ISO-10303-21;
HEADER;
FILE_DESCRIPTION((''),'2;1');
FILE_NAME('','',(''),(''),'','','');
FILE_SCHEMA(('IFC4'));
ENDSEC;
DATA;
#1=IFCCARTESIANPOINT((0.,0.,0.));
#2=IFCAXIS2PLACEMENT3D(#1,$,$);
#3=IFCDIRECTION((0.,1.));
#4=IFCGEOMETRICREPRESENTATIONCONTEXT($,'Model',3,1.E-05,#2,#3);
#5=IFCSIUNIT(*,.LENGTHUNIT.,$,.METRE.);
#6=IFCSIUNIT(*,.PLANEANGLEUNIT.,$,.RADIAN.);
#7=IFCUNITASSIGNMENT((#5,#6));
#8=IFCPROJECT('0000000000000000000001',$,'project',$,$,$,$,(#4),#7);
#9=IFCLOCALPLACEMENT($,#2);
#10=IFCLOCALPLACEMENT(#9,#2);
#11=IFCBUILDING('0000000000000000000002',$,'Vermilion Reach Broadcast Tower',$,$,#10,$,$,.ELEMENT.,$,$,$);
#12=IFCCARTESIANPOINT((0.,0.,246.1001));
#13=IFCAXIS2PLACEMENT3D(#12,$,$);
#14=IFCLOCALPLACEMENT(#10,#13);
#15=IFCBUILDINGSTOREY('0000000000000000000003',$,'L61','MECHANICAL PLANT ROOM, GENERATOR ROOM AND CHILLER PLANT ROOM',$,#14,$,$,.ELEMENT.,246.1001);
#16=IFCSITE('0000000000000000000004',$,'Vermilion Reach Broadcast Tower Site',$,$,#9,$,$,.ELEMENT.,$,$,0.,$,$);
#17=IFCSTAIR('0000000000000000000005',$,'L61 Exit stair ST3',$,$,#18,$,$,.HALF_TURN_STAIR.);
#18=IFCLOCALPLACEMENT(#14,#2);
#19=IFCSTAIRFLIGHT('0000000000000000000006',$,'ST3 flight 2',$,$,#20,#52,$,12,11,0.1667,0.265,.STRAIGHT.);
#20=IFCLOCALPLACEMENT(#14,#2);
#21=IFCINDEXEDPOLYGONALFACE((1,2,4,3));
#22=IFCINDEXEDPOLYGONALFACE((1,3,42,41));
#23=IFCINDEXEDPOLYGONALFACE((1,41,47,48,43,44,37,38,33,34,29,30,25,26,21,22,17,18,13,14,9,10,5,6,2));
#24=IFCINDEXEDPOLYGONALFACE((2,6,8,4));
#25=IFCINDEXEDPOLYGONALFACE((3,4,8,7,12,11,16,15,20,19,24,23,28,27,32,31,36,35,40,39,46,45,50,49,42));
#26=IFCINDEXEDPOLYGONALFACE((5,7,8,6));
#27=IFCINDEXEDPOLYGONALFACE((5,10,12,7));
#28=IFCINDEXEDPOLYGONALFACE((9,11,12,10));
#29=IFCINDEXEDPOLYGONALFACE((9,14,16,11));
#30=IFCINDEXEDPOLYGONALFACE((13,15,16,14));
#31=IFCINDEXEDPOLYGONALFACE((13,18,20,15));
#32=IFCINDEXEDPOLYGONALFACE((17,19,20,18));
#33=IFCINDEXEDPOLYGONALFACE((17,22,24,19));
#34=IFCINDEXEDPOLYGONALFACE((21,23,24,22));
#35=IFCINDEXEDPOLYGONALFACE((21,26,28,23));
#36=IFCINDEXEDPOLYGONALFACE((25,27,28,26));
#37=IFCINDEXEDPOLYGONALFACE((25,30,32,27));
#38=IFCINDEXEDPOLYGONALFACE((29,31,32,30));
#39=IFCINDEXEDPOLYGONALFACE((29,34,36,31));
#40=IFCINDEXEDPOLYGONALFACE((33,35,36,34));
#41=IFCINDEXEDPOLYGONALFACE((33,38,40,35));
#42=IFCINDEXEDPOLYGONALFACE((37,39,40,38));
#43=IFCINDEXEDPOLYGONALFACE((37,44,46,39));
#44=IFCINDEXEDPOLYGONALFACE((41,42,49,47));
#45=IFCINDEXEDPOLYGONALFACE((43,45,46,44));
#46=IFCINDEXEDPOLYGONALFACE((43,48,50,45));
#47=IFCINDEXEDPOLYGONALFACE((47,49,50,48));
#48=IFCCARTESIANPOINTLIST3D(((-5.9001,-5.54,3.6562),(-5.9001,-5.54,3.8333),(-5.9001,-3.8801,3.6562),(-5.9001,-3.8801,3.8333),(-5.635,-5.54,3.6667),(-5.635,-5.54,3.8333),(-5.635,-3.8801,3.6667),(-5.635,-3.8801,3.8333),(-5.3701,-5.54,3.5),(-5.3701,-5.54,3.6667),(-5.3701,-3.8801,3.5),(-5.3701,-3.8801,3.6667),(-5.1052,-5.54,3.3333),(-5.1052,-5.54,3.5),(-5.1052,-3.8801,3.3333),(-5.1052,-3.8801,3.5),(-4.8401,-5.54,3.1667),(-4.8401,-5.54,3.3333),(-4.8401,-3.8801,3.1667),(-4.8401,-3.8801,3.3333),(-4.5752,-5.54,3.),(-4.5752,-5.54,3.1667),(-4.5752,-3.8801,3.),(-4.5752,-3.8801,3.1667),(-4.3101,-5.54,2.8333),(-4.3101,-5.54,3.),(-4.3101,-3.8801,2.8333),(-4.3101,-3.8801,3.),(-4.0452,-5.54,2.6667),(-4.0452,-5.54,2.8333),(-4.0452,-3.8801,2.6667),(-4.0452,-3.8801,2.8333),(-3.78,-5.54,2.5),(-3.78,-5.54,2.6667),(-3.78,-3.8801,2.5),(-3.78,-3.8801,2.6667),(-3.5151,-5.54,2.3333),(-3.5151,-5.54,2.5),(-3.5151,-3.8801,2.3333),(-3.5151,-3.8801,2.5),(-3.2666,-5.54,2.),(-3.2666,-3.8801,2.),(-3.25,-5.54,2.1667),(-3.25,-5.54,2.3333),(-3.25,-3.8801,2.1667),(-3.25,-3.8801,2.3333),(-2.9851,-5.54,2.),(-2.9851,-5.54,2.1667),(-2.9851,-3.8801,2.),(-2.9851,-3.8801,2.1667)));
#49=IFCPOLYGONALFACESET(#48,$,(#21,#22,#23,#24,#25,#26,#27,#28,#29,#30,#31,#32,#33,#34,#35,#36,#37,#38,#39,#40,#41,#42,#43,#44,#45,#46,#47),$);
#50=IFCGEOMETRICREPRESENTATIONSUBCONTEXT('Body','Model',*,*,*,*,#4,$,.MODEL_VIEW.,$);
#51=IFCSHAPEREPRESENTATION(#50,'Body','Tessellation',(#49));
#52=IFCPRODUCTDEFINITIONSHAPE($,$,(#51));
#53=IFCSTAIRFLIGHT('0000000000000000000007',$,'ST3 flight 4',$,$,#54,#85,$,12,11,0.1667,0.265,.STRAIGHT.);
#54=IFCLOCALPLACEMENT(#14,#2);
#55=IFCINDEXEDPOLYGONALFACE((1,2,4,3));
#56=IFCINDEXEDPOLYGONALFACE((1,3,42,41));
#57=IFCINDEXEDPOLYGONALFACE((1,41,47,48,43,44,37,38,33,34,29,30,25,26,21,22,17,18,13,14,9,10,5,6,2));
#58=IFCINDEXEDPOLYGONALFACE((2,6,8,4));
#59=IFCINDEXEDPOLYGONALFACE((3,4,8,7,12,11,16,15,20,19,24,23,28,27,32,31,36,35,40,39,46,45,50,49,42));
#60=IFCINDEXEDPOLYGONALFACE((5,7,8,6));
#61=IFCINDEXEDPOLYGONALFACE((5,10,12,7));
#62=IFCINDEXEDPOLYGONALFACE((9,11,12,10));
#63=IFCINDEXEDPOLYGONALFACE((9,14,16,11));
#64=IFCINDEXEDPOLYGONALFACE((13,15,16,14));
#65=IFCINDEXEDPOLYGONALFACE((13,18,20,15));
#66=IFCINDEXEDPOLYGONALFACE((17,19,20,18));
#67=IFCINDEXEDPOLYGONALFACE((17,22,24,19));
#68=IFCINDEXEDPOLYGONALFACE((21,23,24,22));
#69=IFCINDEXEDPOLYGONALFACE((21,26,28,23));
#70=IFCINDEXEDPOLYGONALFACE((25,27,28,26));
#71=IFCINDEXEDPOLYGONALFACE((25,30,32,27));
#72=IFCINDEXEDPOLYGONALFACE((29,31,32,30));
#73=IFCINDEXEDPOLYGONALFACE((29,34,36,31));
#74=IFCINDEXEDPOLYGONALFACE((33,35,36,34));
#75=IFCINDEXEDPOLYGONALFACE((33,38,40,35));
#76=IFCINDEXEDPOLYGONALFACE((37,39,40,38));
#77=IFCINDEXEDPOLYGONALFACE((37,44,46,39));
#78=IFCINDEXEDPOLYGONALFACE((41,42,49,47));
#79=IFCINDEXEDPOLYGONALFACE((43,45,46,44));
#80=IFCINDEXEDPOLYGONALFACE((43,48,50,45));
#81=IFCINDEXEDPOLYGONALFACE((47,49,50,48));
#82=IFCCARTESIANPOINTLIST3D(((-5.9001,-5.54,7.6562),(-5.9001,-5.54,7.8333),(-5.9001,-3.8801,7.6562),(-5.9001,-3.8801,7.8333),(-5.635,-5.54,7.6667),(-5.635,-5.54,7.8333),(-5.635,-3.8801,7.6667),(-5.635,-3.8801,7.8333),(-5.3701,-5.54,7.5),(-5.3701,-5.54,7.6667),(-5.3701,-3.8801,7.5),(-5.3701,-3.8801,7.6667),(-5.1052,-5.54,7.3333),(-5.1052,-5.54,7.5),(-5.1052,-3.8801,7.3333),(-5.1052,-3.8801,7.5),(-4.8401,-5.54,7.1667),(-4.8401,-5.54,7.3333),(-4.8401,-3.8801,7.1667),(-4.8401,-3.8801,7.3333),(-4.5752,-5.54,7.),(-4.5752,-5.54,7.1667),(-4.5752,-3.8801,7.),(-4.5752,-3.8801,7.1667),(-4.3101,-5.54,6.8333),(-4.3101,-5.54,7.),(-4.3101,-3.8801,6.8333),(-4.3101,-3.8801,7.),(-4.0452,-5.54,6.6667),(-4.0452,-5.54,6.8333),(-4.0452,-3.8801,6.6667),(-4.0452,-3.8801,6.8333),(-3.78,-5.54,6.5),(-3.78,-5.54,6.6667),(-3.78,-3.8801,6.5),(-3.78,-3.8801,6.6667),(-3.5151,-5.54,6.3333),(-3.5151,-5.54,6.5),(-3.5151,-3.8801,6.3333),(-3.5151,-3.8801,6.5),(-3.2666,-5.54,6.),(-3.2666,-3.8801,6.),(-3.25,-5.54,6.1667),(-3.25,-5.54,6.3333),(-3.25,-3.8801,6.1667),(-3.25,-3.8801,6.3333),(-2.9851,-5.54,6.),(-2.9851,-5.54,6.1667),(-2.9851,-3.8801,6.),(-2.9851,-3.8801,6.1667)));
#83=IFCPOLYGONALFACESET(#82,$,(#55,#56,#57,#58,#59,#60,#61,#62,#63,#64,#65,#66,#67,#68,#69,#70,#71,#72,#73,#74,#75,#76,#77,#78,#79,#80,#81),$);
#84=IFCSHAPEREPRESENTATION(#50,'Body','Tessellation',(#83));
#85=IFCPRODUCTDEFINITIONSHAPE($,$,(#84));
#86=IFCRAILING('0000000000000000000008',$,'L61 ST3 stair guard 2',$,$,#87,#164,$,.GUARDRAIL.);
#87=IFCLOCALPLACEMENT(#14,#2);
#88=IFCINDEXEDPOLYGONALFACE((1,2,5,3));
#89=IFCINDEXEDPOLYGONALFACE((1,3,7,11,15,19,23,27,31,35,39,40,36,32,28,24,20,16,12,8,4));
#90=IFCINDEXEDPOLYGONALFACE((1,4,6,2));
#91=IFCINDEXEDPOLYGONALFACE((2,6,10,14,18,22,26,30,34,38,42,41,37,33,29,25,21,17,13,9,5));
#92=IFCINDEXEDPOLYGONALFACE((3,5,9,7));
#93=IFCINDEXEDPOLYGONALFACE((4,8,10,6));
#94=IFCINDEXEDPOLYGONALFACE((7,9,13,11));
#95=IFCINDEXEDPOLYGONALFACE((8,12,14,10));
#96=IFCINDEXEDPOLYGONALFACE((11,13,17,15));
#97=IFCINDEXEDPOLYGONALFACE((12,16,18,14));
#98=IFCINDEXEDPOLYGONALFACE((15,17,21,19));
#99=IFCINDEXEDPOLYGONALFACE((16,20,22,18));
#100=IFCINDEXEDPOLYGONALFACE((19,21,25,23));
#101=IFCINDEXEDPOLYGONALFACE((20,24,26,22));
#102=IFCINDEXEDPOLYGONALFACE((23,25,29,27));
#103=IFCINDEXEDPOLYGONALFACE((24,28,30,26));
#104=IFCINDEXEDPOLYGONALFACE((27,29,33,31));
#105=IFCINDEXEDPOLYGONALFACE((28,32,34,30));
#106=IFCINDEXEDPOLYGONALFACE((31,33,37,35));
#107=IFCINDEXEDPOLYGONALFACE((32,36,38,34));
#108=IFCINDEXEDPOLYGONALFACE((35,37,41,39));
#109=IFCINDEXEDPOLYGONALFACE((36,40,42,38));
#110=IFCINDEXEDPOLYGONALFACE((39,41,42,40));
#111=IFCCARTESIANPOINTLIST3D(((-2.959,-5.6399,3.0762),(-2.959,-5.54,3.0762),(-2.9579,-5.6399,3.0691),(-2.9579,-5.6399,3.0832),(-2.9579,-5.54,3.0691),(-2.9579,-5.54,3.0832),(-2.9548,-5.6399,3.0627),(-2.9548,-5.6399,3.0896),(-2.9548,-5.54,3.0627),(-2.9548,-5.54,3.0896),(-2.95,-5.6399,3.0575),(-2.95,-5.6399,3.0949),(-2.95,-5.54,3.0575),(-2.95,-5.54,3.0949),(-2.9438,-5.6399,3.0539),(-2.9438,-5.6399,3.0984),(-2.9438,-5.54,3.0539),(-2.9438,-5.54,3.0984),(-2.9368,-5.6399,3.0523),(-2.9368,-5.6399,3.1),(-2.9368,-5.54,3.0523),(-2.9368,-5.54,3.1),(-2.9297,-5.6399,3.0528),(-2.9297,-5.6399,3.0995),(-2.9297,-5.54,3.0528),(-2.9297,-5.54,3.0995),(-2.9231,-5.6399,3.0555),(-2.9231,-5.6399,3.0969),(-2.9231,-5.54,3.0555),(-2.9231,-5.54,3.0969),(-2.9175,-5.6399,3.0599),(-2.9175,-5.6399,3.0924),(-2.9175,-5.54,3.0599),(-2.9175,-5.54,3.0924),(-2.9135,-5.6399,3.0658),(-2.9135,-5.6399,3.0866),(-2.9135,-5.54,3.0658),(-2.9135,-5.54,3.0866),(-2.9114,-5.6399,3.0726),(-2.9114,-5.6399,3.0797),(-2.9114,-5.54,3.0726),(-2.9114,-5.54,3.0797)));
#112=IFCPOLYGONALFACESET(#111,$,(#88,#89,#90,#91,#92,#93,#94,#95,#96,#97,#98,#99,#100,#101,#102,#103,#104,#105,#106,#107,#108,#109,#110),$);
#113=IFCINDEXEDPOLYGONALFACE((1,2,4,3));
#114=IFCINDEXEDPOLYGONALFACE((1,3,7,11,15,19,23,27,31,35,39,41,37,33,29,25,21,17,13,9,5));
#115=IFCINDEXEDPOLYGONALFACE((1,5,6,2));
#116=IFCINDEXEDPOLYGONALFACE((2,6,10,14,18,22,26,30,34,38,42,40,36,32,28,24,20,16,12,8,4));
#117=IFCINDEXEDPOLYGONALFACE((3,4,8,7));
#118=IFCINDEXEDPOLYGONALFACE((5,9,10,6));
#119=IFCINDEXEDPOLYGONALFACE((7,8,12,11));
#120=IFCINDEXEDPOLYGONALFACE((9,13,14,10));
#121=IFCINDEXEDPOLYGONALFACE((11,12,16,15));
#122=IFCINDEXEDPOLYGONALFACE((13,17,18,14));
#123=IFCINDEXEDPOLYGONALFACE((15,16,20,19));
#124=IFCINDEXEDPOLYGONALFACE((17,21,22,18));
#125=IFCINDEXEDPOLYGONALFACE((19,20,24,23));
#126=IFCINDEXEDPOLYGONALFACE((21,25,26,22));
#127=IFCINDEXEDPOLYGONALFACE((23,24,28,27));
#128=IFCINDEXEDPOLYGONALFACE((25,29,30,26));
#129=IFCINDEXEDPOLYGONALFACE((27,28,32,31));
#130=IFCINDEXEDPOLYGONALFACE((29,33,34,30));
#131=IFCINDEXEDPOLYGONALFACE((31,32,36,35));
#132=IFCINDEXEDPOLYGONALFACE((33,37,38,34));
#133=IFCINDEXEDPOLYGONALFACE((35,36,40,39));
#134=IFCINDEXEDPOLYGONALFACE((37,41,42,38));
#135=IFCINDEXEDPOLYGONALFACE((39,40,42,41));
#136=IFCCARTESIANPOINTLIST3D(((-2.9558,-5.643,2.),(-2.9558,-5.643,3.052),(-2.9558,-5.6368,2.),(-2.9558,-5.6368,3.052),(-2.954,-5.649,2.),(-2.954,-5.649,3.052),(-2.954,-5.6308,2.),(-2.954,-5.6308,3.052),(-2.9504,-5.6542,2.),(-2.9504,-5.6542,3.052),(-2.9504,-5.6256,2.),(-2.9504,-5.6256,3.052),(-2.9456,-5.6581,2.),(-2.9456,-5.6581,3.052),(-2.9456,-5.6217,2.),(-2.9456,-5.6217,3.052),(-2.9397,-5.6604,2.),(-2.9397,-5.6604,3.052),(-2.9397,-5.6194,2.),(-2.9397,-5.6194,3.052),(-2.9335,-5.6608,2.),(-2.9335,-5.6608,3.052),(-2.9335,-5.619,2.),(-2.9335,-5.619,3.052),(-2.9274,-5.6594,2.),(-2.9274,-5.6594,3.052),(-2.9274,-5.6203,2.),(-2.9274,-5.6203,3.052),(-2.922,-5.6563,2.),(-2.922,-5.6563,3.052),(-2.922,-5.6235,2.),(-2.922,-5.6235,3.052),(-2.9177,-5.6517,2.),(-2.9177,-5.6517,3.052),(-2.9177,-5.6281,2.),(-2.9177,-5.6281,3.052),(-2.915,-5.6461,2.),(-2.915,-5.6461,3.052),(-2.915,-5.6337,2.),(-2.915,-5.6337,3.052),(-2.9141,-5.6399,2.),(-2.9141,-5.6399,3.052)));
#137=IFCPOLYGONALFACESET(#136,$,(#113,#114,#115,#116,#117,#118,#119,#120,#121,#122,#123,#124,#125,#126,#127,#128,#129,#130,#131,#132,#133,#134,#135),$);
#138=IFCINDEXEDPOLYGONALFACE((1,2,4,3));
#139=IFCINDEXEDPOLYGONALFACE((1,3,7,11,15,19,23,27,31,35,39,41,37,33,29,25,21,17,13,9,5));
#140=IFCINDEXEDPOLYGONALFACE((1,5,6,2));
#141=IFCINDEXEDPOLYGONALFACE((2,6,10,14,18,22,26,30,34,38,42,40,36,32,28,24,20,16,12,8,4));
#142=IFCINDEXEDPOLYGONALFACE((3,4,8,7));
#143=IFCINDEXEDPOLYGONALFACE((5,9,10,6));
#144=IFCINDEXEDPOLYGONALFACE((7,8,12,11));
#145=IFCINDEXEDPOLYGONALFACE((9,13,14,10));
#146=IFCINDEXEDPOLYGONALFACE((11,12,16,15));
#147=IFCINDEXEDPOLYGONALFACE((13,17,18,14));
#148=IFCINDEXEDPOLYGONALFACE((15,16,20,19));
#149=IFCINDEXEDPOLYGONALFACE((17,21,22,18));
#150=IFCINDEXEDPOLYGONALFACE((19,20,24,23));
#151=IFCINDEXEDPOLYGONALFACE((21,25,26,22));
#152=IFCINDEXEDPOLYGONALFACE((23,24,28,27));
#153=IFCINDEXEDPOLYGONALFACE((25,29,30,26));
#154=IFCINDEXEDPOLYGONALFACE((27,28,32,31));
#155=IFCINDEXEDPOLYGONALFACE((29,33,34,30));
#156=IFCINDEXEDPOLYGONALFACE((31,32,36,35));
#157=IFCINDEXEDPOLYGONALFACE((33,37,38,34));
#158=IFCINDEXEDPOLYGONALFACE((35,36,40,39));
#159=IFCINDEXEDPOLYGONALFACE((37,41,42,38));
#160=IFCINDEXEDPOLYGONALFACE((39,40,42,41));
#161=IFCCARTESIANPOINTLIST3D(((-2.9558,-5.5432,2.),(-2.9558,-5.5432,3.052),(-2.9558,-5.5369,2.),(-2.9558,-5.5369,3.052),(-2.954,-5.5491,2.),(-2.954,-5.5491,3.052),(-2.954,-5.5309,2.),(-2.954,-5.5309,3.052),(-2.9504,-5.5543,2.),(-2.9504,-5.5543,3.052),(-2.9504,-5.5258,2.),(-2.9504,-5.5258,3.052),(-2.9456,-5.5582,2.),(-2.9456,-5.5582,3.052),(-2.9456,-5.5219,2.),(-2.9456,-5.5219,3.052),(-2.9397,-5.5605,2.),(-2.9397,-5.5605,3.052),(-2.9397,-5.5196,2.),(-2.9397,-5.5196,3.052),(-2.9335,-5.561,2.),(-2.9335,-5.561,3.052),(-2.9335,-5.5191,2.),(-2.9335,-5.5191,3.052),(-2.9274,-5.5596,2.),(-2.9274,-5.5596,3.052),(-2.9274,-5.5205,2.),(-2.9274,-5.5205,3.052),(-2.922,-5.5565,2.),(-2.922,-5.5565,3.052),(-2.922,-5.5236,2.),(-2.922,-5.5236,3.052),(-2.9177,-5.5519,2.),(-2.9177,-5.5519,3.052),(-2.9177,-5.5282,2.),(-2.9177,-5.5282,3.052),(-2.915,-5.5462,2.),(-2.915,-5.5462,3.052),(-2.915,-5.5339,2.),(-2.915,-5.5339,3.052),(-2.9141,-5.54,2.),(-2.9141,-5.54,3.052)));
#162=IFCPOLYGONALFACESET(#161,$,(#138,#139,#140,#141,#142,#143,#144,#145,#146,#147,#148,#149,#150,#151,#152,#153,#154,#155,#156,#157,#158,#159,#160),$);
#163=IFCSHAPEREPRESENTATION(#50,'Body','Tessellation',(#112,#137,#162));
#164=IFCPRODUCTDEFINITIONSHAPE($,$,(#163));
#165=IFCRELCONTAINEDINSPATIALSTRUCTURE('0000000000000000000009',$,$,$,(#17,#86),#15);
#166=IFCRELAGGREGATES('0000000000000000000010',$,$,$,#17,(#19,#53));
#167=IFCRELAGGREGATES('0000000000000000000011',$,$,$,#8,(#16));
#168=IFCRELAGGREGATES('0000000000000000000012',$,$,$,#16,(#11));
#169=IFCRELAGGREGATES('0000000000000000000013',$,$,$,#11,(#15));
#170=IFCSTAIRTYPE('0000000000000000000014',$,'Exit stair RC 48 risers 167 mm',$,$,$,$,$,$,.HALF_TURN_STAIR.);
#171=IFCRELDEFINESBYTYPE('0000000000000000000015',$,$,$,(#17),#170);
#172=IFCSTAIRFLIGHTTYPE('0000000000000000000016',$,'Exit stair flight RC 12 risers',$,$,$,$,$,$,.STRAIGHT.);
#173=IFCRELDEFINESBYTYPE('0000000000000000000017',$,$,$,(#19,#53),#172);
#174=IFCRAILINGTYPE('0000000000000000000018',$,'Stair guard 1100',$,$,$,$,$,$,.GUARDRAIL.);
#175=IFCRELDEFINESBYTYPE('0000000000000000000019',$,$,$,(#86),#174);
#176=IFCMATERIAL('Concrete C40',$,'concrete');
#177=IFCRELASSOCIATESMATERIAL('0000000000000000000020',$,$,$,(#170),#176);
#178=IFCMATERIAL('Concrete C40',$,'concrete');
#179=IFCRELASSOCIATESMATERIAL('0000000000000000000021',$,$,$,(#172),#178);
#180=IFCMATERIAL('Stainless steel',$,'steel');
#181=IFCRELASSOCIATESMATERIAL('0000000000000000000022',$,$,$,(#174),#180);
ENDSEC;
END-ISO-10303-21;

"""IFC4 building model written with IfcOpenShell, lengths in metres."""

from ifc_helpers import new_model, si_unit, direction, frame, origin, origin_2d, place, context, subcontext, project, spatial, polyline, circle, outline, extrude, material, type_object, element, aggregate, save


model = new_model("IFC4")

# Units and contexts
model_context = context("Model", 3, precision=1e-05, world=origin(), true_north=direction((0.0, 1.0)))
body_context = subcontext(model_context, "Body", "Model", "MODEL_VIEW")
ifc_project = project(units=[si_unit("LENGTHUNIT", "METRE"), si_unit("PLANEANGLEUNIT", "RADIAN")], contexts=[model_context])

# Site, building, storey
site_placement = place(None, origin())
site = spatial("IfcSite", under=ifc_project, at=site_placement, Name="Vermilion Reach Broadcast Tower Site", CompositionType="ELEMENT", RefElevation=0.0)
building_placement = place(site_placement, origin())
building = spatial("IfcBuilding", under=site, at=building_placement, Name="Vermilion Reach Broadcast Tower", CompositionType="ELEMENT")
storey_placement = place(building_placement, frame((0.0, 0.0, 246.1001)))
storey = spatial("IfcBuildingStorey", under=building, at=storey_placement, Name="L61", Description="MECHANICAL PLANT ROOM, GENERATOR ROOM AND CHILLER PLANT ROOM", CompositionType="ELEMENT", Elevation=246.1001)

# Stair
ifc_material_1 = material(Name="Concrete C40", Category="concrete")
stair_type = type_object("IfcStairType", Name="Exit stair RC 48 risers 167 mm", PredefinedType="HALF_TURN_STAIR", material=ifc_material_1)
placement_1 = place(storey_placement, origin())
stair_1 = element("IfcStair", 1, at=placement_1, inside=storey, type_object=stair_type, Name="L61 Exit stair ST3", PredefinedType="HALF_TURN_STAIR")

# Stair flights
ifc_material_2 = material(Name="Concrete C40", Category="concrete")
stair_flight_type = type_object("IfcStairFlightType", Name="Exit stair flight RC 12 risers", PredefinedType="STRAIGHT", material=ifc_material_2)
stair_flight_1_placement = place(storey_placement, frame((-2.9851, -4.71, 2.0), z_axis=(0.0, 0.0, 1.0), x_axis=(-1.0, 0.0, 0.0)))
stair_flight_1 = element("IfcStairFlight", 2, at=stair_flight_1_placement, type_object=stair_flight_type, Name="ST3 flight 2", NumberOfRisers=12, NumberOfTreads=11, PredefinedType="STRAIGHT", RiserHeight=0.1667, TreadLength=0.265, context=body_context, shape_type="SweptSolid", body=[
    extrude(outline(polyline([(0.0, 0.0), (0.0, 0.1667), (0.2649, 0.1667), (0.2649, 0.3333), (0.53, 0.3333), (0.53, 0.5), (0.7949, 0.5), (0.7949, 0.6667), (1.0601, 0.6667), (1.0601, 0.8333), (1.325, 0.8333), (1.325, 1.0), (1.5901, 1.0), (1.5901, 1.1667), (1.855, 1.1667), (1.855, 1.3333), (2.1201, 1.3333), (2.1201, 1.5), (2.385, 1.5), (2.385, 1.6667), (2.6499, 1.6667), (2.6499, 1.8333), (2.915, 1.8333), (2.915, 2.0), (2.915, 1.6562), (0.2815, 0.0), (0.0, 0.0)])), frame((0.0, 0.8301, 0.0), z_axis=(0.0, -1.0, 0.0), x_axis=(1.0, 0.0, 0.0)), (0.0, 0.0, 1.0), 1.6599),
])
stair_flight_2_placement = place(storey_placement, frame((-2.9851, -4.71, 6.0), z_axis=(0.0, 0.0, 1.0), x_axis=(-1.0, 0.0, 0.0)))
stair_flight_2 = element("IfcStairFlight", 3, at=stair_flight_2_placement, type_object=stair_flight_type, Name="ST3 flight 4", NumberOfRisers=12, NumberOfTreads=11, PredefinedType="STRAIGHT", RiserHeight=0.1667, TreadLength=0.265, context=body_context, shape_type="SweptSolid", body=[
    extrude(outline(polyline([(0.0, 0.0), (0.0, 0.1667), (0.2649, 0.1667), (0.2649, 0.3333), (0.53, 0.3333), (0.53, 0.5), (0.7949, 0.5), (0.7949, 0.6667), (1.0601, 0.6667), (1.0601, 0.8333), (1.325, 0.8333), (1.325, 1.0), (1.5901, 1.0), (1.5901, 1.1667), (1.855, 1.1667), (1.855, 1.3333), (2.1201, 1.3333), (2.1201, 1.5), (2.385, 1.5), (2.385, 1.6667), (2.6499, 1.6667), (2.6499, 1.8333), (2.915, 1.8333), (2.915, 2.0), (2.915, 1.6562), (0.2815, 0.0), (0.0, 0.0)])), frame((0.0, 0.8301, 0.0), z_axis=(0.0, -1.0, 0.0), x_axis=(1.0, 0.0, 0.0)), (0.0, 0.0, 1.0), 1.6599),
])
aggregate(stair_1, [stair_flight_1, stair_flight_2])

# Railing
ifc_material_3 = material(Name="Stainless steel", Category="steel")
railing_type_1 = type_object("IfcRailingType", Name="Stair guard 1100", PredefinedType="GUARDRAIL", material=ifc_material_3)
railing_1_placement = place(storey_placement, frame((-2.9351, -5.6399, 2.0)))
element("IfcRailing", 4, at=railing_1_placement, inside=storey, type_object=railing_type_1, Name="L61 ST3 stair guard 2", PredefinedType="GUARDRAIL", context=body_context, shape_type="SweptSolid", body=[
    extrude(circle(Radius=0.0239, at=origin_2d()), frame((0.0, 0.0, 1.0762), z_axis=(0.0, 1.0, 0.0), x_axis=(-1.0, 0.0, 0.0)), (0.0, 0.0, 1.0), 0.0999),
    extrude(circle(Radius=0.021, at=origin_2d()), origin(), (0.0, 0.0, 1.0), 1.052),
    extrude(circle(Radius=0.021, at=origin_2d()), frame((0.0, 0.0999, 0.0)), (0.0, 0.0, 1.0), 1.052),
])

save(model, "model.ifc")
